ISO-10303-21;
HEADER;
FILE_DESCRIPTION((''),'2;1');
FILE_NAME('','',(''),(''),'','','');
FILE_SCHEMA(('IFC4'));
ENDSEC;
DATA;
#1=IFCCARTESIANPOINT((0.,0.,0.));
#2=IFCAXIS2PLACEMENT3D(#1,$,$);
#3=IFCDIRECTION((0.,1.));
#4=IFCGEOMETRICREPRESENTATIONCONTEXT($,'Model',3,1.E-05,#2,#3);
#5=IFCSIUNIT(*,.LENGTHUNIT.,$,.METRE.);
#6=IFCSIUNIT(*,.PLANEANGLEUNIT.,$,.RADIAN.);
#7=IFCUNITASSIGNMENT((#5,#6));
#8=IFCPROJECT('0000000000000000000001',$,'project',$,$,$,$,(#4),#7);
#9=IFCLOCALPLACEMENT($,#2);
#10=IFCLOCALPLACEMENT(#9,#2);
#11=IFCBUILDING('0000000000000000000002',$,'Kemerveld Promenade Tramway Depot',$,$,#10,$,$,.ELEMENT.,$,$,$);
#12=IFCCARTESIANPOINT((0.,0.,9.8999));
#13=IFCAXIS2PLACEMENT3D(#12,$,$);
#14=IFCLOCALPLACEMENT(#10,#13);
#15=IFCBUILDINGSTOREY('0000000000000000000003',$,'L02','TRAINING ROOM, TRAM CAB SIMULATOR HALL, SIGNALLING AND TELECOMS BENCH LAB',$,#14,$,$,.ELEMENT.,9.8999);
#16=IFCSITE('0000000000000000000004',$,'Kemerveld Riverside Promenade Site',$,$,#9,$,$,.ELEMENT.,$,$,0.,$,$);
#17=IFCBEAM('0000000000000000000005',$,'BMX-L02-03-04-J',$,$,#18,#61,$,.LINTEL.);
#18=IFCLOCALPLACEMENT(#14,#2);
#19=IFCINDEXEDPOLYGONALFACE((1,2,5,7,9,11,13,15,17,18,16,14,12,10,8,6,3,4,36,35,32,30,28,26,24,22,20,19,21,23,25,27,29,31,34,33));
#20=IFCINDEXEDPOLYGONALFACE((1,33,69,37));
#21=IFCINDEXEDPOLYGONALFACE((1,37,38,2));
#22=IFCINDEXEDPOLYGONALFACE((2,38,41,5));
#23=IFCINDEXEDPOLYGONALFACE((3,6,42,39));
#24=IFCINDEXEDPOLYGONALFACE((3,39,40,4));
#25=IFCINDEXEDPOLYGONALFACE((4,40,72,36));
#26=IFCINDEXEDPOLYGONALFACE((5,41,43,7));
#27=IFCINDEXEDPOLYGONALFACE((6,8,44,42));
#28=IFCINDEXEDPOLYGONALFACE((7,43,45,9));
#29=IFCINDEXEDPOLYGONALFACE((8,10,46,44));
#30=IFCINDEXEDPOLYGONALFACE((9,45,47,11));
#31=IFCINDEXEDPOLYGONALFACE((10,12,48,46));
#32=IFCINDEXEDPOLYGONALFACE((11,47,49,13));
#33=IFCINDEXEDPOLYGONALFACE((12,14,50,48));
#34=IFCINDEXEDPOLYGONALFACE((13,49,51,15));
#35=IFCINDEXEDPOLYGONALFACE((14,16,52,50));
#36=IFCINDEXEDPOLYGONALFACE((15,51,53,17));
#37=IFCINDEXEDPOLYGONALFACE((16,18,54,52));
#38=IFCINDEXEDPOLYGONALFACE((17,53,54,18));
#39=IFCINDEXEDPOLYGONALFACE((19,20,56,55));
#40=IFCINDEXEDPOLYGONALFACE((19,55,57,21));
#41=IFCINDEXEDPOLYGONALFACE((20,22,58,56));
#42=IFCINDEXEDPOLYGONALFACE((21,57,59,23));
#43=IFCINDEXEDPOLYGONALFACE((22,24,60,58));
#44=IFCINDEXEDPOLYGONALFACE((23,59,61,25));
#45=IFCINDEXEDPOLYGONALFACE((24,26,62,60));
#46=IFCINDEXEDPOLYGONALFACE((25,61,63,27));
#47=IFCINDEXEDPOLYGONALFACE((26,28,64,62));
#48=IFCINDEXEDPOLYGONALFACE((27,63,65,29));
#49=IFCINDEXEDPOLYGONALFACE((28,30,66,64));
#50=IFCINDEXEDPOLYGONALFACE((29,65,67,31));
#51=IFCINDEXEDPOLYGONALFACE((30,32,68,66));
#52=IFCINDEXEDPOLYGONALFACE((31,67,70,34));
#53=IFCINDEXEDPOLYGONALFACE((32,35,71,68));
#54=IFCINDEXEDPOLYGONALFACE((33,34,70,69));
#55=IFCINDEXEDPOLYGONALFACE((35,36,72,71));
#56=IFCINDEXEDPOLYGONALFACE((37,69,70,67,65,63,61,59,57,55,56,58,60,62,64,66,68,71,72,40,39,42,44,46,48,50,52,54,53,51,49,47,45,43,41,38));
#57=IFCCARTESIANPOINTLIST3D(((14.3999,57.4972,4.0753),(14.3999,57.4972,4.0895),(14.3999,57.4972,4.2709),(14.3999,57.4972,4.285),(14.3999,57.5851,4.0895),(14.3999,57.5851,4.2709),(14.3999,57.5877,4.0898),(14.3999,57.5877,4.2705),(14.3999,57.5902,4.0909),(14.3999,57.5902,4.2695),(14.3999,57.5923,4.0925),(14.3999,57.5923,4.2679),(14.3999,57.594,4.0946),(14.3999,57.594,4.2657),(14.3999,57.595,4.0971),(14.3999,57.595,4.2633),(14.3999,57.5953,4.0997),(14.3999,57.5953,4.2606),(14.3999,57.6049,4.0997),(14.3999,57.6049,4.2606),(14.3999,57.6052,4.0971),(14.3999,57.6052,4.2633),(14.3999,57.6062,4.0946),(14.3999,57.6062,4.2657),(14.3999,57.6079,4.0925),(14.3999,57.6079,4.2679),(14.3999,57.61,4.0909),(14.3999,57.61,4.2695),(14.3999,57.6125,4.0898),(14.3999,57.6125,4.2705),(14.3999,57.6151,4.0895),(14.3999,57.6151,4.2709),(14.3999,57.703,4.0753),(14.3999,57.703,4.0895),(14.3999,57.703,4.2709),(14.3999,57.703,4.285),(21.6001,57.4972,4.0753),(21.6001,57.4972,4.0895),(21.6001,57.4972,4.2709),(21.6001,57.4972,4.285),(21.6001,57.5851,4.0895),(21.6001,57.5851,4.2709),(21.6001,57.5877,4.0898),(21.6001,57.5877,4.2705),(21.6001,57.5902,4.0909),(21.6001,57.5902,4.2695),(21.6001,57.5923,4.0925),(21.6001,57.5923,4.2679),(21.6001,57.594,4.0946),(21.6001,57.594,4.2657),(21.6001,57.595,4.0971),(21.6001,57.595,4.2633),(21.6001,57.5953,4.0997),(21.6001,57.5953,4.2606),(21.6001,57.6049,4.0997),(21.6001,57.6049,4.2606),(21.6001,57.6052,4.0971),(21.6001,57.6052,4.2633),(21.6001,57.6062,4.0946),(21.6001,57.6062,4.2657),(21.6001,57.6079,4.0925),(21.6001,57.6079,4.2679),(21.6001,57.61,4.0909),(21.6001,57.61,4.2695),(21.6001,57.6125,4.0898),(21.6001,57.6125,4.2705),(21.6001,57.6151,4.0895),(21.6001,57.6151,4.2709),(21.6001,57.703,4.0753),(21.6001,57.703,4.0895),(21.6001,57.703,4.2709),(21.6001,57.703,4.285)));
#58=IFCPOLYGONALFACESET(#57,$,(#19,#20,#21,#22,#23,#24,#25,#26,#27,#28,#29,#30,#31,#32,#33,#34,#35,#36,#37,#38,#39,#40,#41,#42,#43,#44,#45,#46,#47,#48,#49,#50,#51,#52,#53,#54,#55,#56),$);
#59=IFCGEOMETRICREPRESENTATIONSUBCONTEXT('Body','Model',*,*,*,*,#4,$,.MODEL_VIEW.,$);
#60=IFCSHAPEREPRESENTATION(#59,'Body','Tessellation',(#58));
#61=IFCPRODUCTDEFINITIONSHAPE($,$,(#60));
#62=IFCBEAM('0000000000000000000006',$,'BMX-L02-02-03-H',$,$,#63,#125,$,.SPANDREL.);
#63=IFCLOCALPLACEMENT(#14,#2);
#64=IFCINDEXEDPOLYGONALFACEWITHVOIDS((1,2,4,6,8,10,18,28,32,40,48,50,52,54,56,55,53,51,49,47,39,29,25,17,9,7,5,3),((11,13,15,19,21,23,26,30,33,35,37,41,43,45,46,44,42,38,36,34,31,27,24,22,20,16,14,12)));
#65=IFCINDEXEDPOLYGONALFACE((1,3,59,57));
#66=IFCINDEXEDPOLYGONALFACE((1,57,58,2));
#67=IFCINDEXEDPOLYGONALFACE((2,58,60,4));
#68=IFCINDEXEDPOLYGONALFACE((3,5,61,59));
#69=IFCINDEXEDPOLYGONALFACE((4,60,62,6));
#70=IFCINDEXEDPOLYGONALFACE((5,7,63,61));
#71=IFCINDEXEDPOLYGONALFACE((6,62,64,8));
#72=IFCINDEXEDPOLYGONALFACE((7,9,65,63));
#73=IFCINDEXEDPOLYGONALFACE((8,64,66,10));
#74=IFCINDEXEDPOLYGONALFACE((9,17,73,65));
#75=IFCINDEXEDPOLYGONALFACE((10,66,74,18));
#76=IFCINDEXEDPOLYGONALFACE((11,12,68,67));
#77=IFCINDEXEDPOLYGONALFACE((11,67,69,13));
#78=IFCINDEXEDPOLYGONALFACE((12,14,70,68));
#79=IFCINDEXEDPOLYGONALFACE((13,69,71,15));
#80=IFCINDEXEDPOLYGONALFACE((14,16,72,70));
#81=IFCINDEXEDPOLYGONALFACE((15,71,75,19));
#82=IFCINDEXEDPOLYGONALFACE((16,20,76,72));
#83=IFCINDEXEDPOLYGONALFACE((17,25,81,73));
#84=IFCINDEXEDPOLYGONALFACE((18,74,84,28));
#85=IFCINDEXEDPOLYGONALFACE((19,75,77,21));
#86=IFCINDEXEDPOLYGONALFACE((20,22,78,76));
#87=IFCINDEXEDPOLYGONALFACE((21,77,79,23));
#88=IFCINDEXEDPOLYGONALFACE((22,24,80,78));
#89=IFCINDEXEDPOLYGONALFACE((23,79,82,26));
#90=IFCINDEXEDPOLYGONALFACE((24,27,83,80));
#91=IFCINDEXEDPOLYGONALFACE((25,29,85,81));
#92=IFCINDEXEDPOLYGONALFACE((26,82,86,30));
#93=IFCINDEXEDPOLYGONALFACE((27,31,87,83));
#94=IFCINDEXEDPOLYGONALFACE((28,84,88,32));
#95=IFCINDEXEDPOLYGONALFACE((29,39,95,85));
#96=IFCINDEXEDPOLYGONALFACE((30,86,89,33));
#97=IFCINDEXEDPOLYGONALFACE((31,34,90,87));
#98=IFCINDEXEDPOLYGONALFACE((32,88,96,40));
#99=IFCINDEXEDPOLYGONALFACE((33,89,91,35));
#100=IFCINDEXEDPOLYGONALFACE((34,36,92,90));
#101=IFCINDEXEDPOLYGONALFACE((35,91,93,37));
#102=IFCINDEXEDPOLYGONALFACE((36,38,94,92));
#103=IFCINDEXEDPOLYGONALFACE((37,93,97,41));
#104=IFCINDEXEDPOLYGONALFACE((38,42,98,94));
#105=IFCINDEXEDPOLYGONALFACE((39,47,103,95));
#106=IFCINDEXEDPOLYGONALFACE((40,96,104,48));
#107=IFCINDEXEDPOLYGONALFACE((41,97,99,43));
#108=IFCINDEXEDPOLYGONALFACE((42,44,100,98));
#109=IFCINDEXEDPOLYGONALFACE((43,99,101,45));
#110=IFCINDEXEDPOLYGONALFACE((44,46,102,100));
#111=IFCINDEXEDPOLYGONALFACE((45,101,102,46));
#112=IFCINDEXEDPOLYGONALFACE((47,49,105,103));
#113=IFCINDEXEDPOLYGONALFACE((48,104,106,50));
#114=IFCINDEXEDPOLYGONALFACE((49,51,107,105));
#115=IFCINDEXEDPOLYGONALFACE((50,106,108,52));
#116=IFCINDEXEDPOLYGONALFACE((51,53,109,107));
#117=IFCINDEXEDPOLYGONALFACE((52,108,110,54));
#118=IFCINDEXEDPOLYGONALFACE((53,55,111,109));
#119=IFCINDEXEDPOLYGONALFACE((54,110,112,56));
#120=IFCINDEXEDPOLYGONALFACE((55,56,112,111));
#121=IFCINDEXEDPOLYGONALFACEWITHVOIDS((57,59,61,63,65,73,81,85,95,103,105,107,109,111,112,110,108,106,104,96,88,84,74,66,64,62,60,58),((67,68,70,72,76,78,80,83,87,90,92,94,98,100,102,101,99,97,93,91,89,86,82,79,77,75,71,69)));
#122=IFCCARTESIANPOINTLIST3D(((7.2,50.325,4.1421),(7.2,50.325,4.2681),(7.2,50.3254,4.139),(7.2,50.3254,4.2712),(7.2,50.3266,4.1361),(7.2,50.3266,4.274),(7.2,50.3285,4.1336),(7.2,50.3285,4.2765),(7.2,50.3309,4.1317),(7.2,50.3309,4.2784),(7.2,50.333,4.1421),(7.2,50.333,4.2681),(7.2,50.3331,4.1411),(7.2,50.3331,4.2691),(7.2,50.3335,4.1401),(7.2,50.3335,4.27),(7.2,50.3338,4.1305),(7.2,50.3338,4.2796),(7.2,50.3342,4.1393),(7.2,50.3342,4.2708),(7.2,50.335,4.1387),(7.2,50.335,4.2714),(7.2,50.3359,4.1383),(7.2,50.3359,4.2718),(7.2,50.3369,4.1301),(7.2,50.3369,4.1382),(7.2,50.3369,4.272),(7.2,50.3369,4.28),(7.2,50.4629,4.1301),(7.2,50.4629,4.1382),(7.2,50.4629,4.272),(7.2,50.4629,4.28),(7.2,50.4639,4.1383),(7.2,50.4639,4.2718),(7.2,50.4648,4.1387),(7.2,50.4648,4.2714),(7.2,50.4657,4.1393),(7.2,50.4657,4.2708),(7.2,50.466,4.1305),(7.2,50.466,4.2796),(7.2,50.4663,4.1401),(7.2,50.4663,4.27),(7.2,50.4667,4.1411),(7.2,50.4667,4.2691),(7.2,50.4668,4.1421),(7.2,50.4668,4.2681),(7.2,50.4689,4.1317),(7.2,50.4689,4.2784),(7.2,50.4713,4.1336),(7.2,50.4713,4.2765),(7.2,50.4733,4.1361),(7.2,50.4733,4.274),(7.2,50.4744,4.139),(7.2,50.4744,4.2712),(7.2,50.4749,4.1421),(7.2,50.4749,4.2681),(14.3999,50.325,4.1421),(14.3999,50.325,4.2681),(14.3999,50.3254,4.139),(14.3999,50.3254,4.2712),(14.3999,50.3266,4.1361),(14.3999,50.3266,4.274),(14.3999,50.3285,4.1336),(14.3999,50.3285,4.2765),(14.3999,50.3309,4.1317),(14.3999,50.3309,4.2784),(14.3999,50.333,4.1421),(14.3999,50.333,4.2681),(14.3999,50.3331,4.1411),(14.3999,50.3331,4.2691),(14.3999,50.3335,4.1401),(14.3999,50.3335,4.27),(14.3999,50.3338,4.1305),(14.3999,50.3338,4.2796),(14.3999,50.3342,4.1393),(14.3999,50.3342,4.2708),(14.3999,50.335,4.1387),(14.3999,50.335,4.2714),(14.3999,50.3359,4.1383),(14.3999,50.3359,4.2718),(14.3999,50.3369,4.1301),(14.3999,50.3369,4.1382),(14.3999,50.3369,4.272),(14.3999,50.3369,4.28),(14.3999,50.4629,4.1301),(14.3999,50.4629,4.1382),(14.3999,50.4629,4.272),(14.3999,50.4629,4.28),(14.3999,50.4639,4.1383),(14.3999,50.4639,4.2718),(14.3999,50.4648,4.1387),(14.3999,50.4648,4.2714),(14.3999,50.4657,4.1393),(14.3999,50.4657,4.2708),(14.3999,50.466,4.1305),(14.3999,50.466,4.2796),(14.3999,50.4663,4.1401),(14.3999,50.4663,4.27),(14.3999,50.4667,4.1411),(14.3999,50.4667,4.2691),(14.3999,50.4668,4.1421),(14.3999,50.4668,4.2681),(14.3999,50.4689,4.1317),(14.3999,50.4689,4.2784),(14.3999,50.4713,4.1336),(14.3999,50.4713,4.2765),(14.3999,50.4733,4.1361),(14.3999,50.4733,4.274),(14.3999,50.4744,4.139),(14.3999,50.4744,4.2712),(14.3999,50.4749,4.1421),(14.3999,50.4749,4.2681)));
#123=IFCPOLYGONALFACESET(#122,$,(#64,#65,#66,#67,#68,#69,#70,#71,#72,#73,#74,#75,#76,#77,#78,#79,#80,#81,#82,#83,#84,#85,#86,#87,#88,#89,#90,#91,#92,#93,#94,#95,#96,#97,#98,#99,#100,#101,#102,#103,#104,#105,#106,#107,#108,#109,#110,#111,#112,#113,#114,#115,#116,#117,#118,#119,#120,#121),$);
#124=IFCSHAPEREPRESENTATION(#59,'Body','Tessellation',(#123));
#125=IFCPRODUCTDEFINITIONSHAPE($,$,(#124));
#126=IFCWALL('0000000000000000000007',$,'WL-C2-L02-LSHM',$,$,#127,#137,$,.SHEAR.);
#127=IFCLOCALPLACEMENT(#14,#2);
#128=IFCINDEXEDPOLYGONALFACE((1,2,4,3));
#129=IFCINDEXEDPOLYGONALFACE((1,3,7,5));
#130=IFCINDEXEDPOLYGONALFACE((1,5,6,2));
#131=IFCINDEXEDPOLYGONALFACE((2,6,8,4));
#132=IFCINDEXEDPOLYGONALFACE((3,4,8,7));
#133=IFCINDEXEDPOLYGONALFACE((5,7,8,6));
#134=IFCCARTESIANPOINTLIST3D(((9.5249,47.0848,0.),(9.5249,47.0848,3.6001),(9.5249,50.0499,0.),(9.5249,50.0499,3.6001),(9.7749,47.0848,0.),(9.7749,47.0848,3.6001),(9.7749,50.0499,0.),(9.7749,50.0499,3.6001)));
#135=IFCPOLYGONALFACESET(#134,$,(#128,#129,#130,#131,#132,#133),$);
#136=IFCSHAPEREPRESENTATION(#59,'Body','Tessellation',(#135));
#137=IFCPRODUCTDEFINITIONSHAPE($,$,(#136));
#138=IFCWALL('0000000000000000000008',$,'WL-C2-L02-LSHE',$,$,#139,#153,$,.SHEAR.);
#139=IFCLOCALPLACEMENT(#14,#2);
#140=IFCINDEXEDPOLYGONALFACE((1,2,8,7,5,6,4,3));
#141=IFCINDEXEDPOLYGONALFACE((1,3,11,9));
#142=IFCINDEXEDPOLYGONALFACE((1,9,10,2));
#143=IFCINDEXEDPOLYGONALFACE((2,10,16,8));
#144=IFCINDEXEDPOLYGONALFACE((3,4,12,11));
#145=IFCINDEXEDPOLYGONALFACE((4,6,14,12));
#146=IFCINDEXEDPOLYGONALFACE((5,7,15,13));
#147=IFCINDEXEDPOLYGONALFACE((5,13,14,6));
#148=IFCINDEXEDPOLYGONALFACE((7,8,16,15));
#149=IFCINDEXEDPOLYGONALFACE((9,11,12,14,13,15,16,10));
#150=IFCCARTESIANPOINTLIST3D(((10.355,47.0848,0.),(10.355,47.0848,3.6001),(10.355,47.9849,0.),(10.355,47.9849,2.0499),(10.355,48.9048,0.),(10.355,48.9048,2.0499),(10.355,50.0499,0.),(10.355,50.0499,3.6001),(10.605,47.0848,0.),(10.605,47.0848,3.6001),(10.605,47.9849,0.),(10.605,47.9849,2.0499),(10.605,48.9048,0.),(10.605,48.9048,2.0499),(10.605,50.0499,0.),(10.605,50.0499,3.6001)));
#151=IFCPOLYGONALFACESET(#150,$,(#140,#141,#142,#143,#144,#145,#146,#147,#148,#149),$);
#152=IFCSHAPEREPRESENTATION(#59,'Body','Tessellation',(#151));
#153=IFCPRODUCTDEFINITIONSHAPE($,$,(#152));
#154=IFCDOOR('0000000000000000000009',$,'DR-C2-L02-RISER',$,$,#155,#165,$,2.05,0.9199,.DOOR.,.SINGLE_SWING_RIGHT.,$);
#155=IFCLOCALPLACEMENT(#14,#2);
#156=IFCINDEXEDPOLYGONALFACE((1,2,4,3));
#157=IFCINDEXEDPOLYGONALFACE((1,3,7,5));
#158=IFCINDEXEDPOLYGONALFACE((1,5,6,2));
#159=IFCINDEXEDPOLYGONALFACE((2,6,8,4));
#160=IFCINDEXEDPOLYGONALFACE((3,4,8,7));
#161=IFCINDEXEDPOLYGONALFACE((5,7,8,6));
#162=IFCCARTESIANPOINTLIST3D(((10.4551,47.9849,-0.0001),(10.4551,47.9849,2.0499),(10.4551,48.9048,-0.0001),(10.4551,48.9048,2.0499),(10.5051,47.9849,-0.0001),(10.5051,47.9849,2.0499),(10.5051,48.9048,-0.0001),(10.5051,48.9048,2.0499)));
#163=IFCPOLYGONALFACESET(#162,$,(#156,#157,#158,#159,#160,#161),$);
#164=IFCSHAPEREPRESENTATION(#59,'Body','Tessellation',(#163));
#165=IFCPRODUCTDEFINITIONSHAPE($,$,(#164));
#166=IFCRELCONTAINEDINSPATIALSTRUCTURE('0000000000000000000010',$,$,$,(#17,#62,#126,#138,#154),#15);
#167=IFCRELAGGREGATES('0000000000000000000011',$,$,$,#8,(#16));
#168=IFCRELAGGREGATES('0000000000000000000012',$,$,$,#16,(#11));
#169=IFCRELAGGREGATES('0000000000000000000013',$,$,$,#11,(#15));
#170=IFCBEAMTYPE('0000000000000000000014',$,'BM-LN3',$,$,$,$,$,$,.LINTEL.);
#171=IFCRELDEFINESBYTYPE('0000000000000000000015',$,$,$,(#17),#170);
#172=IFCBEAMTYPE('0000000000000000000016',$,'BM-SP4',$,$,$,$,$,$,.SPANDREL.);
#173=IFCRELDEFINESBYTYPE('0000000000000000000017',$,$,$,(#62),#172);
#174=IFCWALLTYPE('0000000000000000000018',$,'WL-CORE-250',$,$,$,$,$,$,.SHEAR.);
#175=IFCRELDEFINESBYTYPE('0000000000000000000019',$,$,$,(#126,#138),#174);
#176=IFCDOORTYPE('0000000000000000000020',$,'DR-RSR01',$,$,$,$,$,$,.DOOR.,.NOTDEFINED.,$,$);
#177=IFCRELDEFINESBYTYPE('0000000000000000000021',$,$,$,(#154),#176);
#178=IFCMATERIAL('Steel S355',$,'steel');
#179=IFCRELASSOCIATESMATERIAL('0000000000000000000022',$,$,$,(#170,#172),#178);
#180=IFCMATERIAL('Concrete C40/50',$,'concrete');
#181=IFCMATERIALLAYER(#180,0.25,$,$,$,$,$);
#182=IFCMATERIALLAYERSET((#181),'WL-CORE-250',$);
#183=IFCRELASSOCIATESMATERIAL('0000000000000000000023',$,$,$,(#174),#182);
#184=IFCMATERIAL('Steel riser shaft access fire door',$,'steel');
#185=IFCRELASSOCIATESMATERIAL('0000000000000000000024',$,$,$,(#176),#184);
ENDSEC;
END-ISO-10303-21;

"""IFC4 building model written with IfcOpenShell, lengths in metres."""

from ifc_helpers import new_model, si_unit, direction, frame, frame_2d, origin, origin_2d, place, context, subcontext, project, spatial, rectangle, hollow_rectangle, i_section, extrude, material, layer, layer_set, material_profile, profile_set, type_object, element, fill, save


model = new_model("IFC4")

# Units and contexts
model_context = context("Model", 3, precision=1e-05, world=origin(), true_north=direction((0.0, 1.0)))
body_context = subcontext(model_context, "Body", "Model", "MODEL_VIEW")
ifc_project = project(units=[si_unit("LENGTHUNIT", "METRE"), si_unit("PLANEANGLEUNIT", "RADIAN")], contexts=[model_context])

# Site, building, storey
site_placement = place(None, origin())
site = spatial("IfcSite", under=ifc_project, at=site_placement, Name="Kemerveld Riverside Promenade Site", CompositionType="ELEMENT", RefElevation=0.0)
building_placement = place(site_placement, origin())
building = spatial("IfcBuilding", under=site, at=building_placement, Name="Kemerveld Promenade Tramway Depot", CompositionType="ELEMENT")
storey_placement = place(building_placement, frame((0.0, 0.0, 9.8999)))
storey = spatial("IfcBuildingStorey", under=building, at=storey_placement, Name="L02", Description="TRAINING ROOM, TRAM CAB SIMULATOR HALL, SIGNALLING AND TELECOMS BENCH LAB", CompositionType="ELEMENT", Elevation=9.8999)

# Shared definitions
ifc_material_1 = material(Name="Steel S355", Category="steel")

# Beams
ifc_material_profile_1 = material_profile(ifc_material_1, i_section(OverallWidth=0.2058, OverallDepth=0.2097, WebThickness=0.0095, FlangeThickness=0.0142, FilletRadius=0.0103, at=origin_2d()), Name="203x203x60 UC")
ifc_profile_set_1 = profile_set([ifc_material_profile_1], Name="Steel S355")
beam_type_1 = type_object("IfcBeamType", Name="BM-LN3", PredefinedType="LINTEL", material=ifc_profile_set_1)
beam_1_placement = place(storey_placement, frame((14.3999, 57.6001, 4.1802), z_axis=(1.0, 0.0, 0.0), x_axis=(0.0, 1.0, 0.0)))
element("IfcBeam", 1, at=beam_1_placement, inside=storey, type_object=beam_type_1, Name="BMX-L02-03-04-J", PredefinedType="LINTEL", context=body_context, shape_type="SweptSolid", body=[
    extrude(i_section(OverallWidth=0.2058, OverallDepth=0.2097, WebThickness=0.0095, FlangeThickness=0.0142, FilletRadius=0.0103, at=origin_2d()), origin(), (0.0, 0.0, 1.0), 7.2002),
])
ifc_material_profile_2 = material_profile(ifc_material_1, hollow_rectangle(XDim=0.1499, YDim=0.1499, WallThickness=0.0081, InnerFilletRadius=0.0039, OuterFilletRadius=0.012, at=origin_2d()), Name="150x150x8.0 SHS")
ifc_profile_set_2 = profile_set([ifc_material_profile_2], Name="Steel S355")
beam_type_2 = type_object("IfcBeamType", Name="BM-SP4", PredefinedType="SPANDREL", material=ifc_profile_set_2)
beam_2_placement = place(storey_placement, frame((7.2, 50.3999, 4.2051), z_axis=(1.0, 0.0, 0.0), x_axis=(0.0, 1.0, 0.0)))
element("IfcBeam", 2, at=beam_2_placement, inside=storey, type_object=beam_type_2, Name="BMX-L02-02-03-H", PredefinedType="SPANDREL", context=body_context, shape_type="SweptSolid", body=[
    extrude(hollow_rectangle(XDim=0.1499, YDim=0.1499, WallThickness=0.0081, InnerFilletRadius=0.0039, OuterFilletRadius=0.012, at=origin_2d()), origin(), (0.0, 0.0, 1.0), 7.2),
])

# Wall
ifc_material_2 = material(Name="Concrete C40/50", Category="concrete")
ifc_layer_1 = layer(ifc_material_2, 0.25)
ifc_layer_set_1 = layer_set([ifc_layer_1], Name="WL-CORE-250")
wall_type_1 = type_object("IfcWallType", Name="WL-CORE-250", PredefinedType="SHEAR", material=ifc_layer_set_1)
wall_1_placement = place(storey_placement, frame((9.6499, 47.085, 0.0), z_axis=(0.0, 0.0, 1.0), x_axis=(0.0, 1.0, 0.0)))
element("IfcWall", 3, at=wall_1_placement, inside=storey, type_object=wall_type_1, Name="WL-C2-L02-LSHM", PredefinedType="SHEAR", context=body_context, shape_type="SweptSolid", body=[
    extrude(rectangle(XDim=2.9651, YDim=0.25, at=frame_2d((1.4824, 0.0))), origin(), (0.0, 0.0, 1.0), 3.6001),
])

# Wall, opening, door
wall_2_placement = place(storey_placement, frame((10.48, 47.085, 0.0), z_axis=(0.0, 0.0, 1.0), x_axis=(0.0, 1.0, 0.0)))
wall_2 = element("IfcWall", 4, at=wall_2_placement, inside=storey, type_object=wall_type_1, Name="WL-C2-L02-LSHE", PredefinedType="SHEAR", context=body_context, shape_type="SweptSolid", body=[
    extrude(rectangle(XDim=2.9651, YDim=0.25, at=frame_2d((1.4824, 0.0))), origin(), (0.0, 0.0, 1.0), 3.6001),
])
opening_1_placement = place(wall_2_placement, frame((0.8999, 0.0, 0.0)))
opening_1 = element("IfcOpeningElement", 5, at=opening_1_placement, cuts=wall_2, PredefinedType="OPENING", context=body_context, shape_type="SweptSolid", body=[
    extrude(rectangle(XDim=0.9199, YDim=2.05, at=frame_2d((0.46, 1.0249))), frame((0.0, 0.135, 0.0), z_axis=(0.0, -1.0, 0.0), x_axis=(1.0, 0.0, 0.0)), (0.0, 0.0, 1.0), 0.27),
])
ifc_material_3 = material(Name="Steel riser shaft access fire door", Category="steel")
door_type_1 = type_object("IfcDoorType", Name="DR-RSR01", OperationType="NOTDEFINED", PredefinedType="DOOR", material=ifc_material_3)
door_1_placement = place(opening_1_placement, origin())
door_1 = element("IfcDoor", 6, at=door_1_placement, inside=storey, type_object=door_type_1, Name="DR-C2-L02-RISER", OperationType="SINGLE_SWING_RIGHT", OverallHeight=2.05, OverallWidth=0.9199, PredefinedType="DOOR", context=body_context, shape_type="SweptSolid", body=[
    extrude(rectangle(XDim=0.9199, YDim=2.05, at=frame_2d((0.46, 1.0249))), frame((0.0, 0.0249, 0.0), z_axis=(0.0, -1.0, 0.0), x_axis=(1.0, 0.0, 0.0)), (0.0, 0.0, 1.0), 0.05),
])
fill(opening_1, door_1)

save(model, "model.ifc")
